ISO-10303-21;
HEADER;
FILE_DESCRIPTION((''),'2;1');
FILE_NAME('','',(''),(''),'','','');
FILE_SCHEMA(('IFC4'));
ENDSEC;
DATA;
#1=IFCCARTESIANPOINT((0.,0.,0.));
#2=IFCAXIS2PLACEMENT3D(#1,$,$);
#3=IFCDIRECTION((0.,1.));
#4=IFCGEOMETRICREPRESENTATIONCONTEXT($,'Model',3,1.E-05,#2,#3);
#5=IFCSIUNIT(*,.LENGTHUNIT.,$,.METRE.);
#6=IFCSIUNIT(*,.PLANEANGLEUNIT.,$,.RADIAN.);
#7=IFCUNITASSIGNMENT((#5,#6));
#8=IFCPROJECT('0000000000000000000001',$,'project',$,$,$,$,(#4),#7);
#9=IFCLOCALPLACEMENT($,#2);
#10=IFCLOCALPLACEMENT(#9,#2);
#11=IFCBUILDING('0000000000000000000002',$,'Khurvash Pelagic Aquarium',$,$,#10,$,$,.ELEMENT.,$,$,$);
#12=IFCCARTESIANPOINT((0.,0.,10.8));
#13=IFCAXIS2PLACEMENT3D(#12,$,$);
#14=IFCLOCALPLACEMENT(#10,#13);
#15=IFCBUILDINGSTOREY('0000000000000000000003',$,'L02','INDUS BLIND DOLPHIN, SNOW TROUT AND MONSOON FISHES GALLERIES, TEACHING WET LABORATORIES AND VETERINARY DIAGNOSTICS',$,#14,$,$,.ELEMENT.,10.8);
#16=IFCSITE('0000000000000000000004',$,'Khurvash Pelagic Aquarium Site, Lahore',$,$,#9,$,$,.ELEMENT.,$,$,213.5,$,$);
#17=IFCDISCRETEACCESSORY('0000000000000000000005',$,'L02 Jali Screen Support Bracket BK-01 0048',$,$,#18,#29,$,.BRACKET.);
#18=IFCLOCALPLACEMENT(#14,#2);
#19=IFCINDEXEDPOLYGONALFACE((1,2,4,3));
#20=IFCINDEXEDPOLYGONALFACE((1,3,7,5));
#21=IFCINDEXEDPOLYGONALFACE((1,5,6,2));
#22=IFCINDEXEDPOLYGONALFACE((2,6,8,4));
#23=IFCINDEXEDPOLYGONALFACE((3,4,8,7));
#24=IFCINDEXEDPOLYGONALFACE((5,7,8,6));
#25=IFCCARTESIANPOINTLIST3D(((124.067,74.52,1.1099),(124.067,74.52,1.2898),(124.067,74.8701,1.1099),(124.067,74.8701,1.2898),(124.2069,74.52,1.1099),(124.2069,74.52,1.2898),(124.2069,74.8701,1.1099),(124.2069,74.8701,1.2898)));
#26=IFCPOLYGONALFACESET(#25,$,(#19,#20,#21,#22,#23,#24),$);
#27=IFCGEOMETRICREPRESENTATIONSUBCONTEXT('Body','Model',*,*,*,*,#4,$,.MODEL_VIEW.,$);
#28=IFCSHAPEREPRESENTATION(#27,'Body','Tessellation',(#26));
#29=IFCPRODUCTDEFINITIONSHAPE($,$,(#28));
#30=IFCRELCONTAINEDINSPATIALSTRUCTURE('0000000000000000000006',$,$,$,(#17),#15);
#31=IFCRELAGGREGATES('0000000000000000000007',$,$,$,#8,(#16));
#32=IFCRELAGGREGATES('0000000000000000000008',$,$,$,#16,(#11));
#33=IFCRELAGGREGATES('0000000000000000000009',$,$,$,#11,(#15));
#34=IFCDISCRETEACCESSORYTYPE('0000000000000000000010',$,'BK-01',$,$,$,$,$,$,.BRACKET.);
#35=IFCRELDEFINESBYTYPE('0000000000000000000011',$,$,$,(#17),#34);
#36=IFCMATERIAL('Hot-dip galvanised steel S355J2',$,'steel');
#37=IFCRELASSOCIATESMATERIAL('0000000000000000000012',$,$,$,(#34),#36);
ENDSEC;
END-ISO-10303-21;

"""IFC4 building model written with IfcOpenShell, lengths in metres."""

from ifc_helpers import new_model, si_unit, direction, frame, origin, origin_2d, place, context, subcontext, project, spatial, rectangle, extrude, material, type_object, element, save


model = new_model("IFC4")

# Units and contexts
model_context = context("Model", 3, precision=1e-05, world=origin(), true_north=direction((0.0, 1.0)))
body_context = subcontext(model_context, "Body", "Model", "MODEL_VIEW")
ifc_project = project(units=[si_unit("LENGTHUNIT", "METRE"), si_unit("PLANEANGLEUNIT", "RADIAN")], contexts=[model_context])

# Site, building, storey
site_placement = place(None, origin())
site = spatial("IfcSite", under=ifc_project, at=site_placement, Name="Khurvash Pelagic Aquarium Site, Lahore", CompositionType="ELEMENT", RefElevation=213.5)
building_placement = place(site_placement, origin())
building = spatial("IfcBuilding", under=site, at=building_placement, Name="Khurvash Pelagic Aquarium", CompositionType="ELEMENT")
storey_placement = place(building_placement, frame((0.0, 0.0, 10.8)))
storey = spatial("IfcBuildingStorey", under=building, at=storey_placement, Name="L02", Description="INDUS BLIND DOLPHIN, SNOW TROUT AND MONSOON FISHES GALLERIES, TEACHING WET LABORATORIES AND VETERINARY DIAGNOSTICS", CompositionType="ELEMENT", Elevation=10.8)

# Discrete accessory
ifc_material_1 = material(Name="Hot-dip galvanised steel S355J2", Category="steel")
discrete_accessory_type = type_object("IfcDiscreteAccessoryType", Name="BK-01", PredefinedType="BRACKET", material=ifc_material_1)
discrete_accessory_placement = place(storey_placement, frame((124.137, 74.6951, 1.1099), z_axis=(0.0, 0.0, 1.0), x_axis=(1.0, 0.0, 0.0)))
element("IfcDiscreteAccessory", 1, at=discrete_accessory_placement, inside=storey, type_object=discrete_accessory_type, Name="L02 Jali Screen Support Bracket BK-01 0048", PredefinedType="BRACKET", context=body_context, shape_type="SweptSolid", body=[
    extrude(rectangle(XDim=0.1399, YDim=0.3501, at=origin_2d()), origin(), (0.0, 0.0, 1.0), 0.1799),
])

save(model, "model.ifc")
